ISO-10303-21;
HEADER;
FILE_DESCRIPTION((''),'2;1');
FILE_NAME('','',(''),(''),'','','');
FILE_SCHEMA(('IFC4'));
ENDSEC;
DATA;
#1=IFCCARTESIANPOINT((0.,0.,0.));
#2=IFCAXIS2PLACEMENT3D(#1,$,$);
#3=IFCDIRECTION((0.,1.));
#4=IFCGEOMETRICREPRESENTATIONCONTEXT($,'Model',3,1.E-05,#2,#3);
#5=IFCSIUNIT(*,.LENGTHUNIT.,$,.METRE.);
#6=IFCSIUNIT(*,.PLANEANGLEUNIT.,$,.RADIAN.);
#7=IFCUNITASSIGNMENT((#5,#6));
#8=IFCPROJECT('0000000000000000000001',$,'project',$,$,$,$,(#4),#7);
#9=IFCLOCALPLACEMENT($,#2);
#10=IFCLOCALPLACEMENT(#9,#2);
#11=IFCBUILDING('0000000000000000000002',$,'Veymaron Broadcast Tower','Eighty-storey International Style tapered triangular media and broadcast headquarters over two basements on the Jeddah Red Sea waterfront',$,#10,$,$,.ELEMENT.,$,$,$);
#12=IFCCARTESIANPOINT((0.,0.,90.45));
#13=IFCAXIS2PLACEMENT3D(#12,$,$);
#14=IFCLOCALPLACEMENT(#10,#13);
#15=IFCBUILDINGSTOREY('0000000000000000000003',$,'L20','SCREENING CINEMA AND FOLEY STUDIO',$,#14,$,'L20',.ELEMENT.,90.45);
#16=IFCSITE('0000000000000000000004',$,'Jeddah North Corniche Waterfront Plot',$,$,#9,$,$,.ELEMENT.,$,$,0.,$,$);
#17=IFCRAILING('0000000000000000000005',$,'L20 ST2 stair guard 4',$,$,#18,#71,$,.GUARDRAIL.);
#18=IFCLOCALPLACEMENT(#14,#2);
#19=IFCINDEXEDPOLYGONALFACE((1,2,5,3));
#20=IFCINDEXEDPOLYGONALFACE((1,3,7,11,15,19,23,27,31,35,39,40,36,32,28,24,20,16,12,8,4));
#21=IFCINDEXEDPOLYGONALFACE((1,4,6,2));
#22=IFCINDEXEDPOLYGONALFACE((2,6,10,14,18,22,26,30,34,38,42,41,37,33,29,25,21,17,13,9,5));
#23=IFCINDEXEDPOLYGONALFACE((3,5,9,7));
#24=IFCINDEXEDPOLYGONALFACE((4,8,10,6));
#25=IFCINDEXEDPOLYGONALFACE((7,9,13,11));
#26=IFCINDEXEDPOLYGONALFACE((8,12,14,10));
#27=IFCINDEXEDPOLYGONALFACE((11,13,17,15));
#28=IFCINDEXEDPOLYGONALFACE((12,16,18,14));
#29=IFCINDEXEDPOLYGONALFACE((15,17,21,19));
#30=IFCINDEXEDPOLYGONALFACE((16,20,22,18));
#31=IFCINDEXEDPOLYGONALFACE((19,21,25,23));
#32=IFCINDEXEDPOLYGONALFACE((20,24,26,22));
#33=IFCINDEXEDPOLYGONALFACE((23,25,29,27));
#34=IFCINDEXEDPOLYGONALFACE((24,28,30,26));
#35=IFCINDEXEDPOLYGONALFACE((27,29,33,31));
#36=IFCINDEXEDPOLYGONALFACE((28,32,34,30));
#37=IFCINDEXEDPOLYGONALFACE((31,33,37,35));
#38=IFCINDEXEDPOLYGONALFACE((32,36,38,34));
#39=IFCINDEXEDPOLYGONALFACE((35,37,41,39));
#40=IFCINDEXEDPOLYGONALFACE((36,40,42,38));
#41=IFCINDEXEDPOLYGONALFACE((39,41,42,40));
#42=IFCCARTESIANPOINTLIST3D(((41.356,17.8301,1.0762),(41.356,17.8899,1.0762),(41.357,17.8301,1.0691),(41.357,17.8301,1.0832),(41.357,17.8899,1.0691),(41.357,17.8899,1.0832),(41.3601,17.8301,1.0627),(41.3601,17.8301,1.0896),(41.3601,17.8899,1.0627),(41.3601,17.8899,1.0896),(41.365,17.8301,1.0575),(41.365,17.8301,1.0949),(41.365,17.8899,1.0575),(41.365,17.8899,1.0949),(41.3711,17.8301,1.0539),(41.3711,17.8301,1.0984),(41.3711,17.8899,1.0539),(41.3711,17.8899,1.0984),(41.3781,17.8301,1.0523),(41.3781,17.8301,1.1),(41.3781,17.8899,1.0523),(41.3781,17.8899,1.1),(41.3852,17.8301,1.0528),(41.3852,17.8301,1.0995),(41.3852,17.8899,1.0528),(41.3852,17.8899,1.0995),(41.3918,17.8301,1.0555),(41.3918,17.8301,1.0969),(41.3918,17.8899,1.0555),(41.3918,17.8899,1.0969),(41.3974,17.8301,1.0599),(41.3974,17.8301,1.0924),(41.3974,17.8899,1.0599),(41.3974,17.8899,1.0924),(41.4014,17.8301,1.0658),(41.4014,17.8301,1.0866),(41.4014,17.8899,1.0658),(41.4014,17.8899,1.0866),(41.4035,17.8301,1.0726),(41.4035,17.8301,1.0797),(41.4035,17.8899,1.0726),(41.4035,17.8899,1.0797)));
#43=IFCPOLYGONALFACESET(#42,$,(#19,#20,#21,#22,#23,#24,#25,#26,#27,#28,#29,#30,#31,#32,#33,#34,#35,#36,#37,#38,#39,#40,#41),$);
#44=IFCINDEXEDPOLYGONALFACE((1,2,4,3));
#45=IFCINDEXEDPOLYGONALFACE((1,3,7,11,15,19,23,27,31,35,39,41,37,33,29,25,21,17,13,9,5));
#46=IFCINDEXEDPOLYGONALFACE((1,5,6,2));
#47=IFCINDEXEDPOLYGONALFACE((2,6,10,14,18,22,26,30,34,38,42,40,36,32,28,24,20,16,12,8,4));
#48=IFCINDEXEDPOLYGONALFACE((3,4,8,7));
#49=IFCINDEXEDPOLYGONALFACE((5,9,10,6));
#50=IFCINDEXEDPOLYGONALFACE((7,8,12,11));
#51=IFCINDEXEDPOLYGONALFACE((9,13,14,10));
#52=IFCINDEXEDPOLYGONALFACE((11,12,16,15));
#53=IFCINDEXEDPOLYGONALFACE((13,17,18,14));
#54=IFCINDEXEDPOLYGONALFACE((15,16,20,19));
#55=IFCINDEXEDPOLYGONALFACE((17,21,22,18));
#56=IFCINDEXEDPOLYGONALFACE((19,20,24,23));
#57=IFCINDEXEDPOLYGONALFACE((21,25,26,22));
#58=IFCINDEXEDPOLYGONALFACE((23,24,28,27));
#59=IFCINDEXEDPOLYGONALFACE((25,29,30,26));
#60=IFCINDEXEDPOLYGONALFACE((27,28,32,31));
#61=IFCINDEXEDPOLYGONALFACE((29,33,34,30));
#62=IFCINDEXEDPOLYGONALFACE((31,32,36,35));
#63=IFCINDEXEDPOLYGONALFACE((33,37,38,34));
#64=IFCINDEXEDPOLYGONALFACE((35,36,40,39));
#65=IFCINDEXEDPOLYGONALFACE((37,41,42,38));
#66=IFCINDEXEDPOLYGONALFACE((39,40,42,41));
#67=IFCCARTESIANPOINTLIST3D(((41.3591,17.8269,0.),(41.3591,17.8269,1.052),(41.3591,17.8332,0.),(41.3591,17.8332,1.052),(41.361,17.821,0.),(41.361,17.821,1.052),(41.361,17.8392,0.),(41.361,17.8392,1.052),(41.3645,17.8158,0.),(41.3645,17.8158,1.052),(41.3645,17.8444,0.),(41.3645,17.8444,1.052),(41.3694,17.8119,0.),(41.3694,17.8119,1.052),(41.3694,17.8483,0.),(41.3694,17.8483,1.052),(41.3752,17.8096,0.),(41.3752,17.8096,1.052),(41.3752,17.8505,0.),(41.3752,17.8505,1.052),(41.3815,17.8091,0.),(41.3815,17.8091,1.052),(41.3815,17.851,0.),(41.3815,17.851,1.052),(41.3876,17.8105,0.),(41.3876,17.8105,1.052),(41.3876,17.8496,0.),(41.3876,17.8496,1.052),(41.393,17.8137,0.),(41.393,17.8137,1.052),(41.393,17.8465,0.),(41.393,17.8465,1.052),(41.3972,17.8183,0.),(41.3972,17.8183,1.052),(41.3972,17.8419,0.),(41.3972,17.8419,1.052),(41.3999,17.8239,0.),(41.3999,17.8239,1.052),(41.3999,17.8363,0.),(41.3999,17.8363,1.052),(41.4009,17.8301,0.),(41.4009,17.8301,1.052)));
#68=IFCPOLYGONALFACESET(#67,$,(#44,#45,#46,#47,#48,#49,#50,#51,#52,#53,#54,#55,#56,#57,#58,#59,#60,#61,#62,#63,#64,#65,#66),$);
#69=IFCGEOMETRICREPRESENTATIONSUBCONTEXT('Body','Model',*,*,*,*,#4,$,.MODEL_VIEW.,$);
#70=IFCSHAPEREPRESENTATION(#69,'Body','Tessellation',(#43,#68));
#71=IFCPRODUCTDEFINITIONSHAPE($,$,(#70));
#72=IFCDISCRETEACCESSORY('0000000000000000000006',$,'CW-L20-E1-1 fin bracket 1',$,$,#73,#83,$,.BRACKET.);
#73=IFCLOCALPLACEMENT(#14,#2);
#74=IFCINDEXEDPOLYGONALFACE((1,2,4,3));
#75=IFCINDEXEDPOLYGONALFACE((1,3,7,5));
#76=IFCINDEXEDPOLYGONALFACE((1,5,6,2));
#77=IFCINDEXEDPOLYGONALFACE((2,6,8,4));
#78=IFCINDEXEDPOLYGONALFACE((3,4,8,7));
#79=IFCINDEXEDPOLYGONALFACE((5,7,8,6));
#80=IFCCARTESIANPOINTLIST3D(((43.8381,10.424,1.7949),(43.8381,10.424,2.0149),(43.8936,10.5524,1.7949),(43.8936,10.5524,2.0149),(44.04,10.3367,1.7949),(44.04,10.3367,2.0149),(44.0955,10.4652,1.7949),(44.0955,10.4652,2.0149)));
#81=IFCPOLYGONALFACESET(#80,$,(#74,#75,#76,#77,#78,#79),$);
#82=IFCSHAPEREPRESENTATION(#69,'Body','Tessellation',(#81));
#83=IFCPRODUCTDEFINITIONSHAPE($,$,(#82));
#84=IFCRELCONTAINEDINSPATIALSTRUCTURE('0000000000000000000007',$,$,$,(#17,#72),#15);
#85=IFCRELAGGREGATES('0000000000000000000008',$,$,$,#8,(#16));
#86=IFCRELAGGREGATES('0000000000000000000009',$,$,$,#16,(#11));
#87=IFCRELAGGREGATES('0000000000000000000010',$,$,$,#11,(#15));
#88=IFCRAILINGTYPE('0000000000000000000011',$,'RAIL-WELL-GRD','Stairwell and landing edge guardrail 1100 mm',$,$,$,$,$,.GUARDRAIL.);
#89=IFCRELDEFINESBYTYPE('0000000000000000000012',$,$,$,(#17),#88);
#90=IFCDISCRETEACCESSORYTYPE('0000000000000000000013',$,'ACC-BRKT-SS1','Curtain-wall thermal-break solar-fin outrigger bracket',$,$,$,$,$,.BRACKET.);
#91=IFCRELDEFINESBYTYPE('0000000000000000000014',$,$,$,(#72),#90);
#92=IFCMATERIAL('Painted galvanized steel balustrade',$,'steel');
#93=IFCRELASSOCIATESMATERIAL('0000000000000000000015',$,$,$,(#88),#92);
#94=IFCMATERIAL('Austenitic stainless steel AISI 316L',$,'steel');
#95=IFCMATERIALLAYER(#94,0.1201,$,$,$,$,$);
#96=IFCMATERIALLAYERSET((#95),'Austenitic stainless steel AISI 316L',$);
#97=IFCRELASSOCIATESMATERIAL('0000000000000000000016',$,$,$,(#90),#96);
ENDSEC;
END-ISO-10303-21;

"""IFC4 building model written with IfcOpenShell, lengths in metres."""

from ifc_helpers import new_model, si_unit, direction, frame, origin, origin_2d, place, context, subcontext, project, spatial, rectangle, circle, extrude, material, layer, layer_set, type_object, element, save


model = new_model("IFC4")

# Units and contexts
model_context = context("Model", 3, precision=1e-05, world=origin(), true_north=direction((0.0, 1.0)))
body_context = subcontext(model_context, "Body", "Model", "MODEL_VIEW")
ifc_project = project(units=[si_unit("LENGTHUNIT", "METRE"), si_unit("PLANEANGLEUNIT", "RADIAN")], contexts=[model_context])

# Site, building, storey
site_placement = place(None, origin())
site = spatial("IfcSite", under=ifc_project, at=site_placement, Name="Jeddah North Corniche Waterfront Plot", CompositionType="ELEMENT", RefElevation=0.0)
building_placement = place(site_placement, origin())
building = spatial("IfcBuilding", under=site, at=building_placement, Name="Veymaron Broadcast Tower", Description="Eighty-storey International Style tapered triangular media and broadcast headquarters over two basements on the Jeddah Red Sea waterfront", CompositionType="ELEMENT")
storey_placement = place(building_placement, frame((0.0, 0.0, 90.45)))
storey = spatial("IfcBuildingStorey", under=building, at=storey_placement, Name="L20", Description="SCREENING CINEMA AND FOLEY STUDIO", LongName="L20", CompositionType="ELEMENT", Elevation=90.45)

# Railing
ifc_material_1 = material(Name="Painted galvanized steel balustrade", Category="steel")
railing_type_1 = type_object("IfcRailingType", Name="RAIL-WELL-GRD", Description="Stairwell and landing edge guardrail 1100 mm", PredefinedType="GUARDRAIL", material=ifc_material_1)
railing_1_placement = place(storey_placement, frame((41.3799, 17.8301, 0.0)))
element("IfcRailing", 1, at=railing_1_placement, inside=storey, type_object=railing_type_1, Name="L20 ST2 stair guard 4", PredefinedType="GUARDRAIL", context=body_context, shape_type="SweptSolid", body=[
    extrude(circle(Radius=0.0239, at=origin_2d()), frame((0.0, 0.0, 1.0762), z_axis=(0.0, 1.0, 0.0), x_axis=(-1.0, 0.0, 0.0)), (0.0, 0.0, 1.0), 0.0598),
    extrude(circle(Radius=0.021, at=origin_2d()), origin(), (0.0, 0.0, 1.0), 1.052),
])

# Discrete accessory
ifc_material_2 = material(Name="Austenitic stainless steel AISI 316L", Category="steel")
ifc_layer_1 = layer(ifc_material_2, 0.1201)
ifc_layer_set_1 = layer_set([ifc_layer_1], Name="Austenitic stainless steel AISI 316L")
discrete_accessory_type = type_object("IfcDiscreteAccessoryType", Name="ACC-BRKT-SS1", Description="Curtain-wall thermal-break solar-fin outrigger bracket", PredefinedType="BRACKET", material=ifc_layer_set_1)
discrete_accessory_placement = place(storey_placement, frame((43.9668, 10.4446, 1.7949), z_axis=(0.0, 0.0, 1.0), x_axis=(0.917962, -0.396667, 0.0)))
element("IfcDiscreteAccessory", 2, at=discrete_accessory_placement, inside=storey, type_object=discrete_accessory_type, Name="CW-L20-E1-1 fin bracket 1", PredefinedType="BRACKET", context=body_context, shape_type="SweptSolid", body=[
    extrude(rectangle(XDim=0.22, YDim=0.1399, at=origin_2d()), origin(), (0.0, 0.0, 1.0), 0.22),
])

save(model, "model.ifc")
